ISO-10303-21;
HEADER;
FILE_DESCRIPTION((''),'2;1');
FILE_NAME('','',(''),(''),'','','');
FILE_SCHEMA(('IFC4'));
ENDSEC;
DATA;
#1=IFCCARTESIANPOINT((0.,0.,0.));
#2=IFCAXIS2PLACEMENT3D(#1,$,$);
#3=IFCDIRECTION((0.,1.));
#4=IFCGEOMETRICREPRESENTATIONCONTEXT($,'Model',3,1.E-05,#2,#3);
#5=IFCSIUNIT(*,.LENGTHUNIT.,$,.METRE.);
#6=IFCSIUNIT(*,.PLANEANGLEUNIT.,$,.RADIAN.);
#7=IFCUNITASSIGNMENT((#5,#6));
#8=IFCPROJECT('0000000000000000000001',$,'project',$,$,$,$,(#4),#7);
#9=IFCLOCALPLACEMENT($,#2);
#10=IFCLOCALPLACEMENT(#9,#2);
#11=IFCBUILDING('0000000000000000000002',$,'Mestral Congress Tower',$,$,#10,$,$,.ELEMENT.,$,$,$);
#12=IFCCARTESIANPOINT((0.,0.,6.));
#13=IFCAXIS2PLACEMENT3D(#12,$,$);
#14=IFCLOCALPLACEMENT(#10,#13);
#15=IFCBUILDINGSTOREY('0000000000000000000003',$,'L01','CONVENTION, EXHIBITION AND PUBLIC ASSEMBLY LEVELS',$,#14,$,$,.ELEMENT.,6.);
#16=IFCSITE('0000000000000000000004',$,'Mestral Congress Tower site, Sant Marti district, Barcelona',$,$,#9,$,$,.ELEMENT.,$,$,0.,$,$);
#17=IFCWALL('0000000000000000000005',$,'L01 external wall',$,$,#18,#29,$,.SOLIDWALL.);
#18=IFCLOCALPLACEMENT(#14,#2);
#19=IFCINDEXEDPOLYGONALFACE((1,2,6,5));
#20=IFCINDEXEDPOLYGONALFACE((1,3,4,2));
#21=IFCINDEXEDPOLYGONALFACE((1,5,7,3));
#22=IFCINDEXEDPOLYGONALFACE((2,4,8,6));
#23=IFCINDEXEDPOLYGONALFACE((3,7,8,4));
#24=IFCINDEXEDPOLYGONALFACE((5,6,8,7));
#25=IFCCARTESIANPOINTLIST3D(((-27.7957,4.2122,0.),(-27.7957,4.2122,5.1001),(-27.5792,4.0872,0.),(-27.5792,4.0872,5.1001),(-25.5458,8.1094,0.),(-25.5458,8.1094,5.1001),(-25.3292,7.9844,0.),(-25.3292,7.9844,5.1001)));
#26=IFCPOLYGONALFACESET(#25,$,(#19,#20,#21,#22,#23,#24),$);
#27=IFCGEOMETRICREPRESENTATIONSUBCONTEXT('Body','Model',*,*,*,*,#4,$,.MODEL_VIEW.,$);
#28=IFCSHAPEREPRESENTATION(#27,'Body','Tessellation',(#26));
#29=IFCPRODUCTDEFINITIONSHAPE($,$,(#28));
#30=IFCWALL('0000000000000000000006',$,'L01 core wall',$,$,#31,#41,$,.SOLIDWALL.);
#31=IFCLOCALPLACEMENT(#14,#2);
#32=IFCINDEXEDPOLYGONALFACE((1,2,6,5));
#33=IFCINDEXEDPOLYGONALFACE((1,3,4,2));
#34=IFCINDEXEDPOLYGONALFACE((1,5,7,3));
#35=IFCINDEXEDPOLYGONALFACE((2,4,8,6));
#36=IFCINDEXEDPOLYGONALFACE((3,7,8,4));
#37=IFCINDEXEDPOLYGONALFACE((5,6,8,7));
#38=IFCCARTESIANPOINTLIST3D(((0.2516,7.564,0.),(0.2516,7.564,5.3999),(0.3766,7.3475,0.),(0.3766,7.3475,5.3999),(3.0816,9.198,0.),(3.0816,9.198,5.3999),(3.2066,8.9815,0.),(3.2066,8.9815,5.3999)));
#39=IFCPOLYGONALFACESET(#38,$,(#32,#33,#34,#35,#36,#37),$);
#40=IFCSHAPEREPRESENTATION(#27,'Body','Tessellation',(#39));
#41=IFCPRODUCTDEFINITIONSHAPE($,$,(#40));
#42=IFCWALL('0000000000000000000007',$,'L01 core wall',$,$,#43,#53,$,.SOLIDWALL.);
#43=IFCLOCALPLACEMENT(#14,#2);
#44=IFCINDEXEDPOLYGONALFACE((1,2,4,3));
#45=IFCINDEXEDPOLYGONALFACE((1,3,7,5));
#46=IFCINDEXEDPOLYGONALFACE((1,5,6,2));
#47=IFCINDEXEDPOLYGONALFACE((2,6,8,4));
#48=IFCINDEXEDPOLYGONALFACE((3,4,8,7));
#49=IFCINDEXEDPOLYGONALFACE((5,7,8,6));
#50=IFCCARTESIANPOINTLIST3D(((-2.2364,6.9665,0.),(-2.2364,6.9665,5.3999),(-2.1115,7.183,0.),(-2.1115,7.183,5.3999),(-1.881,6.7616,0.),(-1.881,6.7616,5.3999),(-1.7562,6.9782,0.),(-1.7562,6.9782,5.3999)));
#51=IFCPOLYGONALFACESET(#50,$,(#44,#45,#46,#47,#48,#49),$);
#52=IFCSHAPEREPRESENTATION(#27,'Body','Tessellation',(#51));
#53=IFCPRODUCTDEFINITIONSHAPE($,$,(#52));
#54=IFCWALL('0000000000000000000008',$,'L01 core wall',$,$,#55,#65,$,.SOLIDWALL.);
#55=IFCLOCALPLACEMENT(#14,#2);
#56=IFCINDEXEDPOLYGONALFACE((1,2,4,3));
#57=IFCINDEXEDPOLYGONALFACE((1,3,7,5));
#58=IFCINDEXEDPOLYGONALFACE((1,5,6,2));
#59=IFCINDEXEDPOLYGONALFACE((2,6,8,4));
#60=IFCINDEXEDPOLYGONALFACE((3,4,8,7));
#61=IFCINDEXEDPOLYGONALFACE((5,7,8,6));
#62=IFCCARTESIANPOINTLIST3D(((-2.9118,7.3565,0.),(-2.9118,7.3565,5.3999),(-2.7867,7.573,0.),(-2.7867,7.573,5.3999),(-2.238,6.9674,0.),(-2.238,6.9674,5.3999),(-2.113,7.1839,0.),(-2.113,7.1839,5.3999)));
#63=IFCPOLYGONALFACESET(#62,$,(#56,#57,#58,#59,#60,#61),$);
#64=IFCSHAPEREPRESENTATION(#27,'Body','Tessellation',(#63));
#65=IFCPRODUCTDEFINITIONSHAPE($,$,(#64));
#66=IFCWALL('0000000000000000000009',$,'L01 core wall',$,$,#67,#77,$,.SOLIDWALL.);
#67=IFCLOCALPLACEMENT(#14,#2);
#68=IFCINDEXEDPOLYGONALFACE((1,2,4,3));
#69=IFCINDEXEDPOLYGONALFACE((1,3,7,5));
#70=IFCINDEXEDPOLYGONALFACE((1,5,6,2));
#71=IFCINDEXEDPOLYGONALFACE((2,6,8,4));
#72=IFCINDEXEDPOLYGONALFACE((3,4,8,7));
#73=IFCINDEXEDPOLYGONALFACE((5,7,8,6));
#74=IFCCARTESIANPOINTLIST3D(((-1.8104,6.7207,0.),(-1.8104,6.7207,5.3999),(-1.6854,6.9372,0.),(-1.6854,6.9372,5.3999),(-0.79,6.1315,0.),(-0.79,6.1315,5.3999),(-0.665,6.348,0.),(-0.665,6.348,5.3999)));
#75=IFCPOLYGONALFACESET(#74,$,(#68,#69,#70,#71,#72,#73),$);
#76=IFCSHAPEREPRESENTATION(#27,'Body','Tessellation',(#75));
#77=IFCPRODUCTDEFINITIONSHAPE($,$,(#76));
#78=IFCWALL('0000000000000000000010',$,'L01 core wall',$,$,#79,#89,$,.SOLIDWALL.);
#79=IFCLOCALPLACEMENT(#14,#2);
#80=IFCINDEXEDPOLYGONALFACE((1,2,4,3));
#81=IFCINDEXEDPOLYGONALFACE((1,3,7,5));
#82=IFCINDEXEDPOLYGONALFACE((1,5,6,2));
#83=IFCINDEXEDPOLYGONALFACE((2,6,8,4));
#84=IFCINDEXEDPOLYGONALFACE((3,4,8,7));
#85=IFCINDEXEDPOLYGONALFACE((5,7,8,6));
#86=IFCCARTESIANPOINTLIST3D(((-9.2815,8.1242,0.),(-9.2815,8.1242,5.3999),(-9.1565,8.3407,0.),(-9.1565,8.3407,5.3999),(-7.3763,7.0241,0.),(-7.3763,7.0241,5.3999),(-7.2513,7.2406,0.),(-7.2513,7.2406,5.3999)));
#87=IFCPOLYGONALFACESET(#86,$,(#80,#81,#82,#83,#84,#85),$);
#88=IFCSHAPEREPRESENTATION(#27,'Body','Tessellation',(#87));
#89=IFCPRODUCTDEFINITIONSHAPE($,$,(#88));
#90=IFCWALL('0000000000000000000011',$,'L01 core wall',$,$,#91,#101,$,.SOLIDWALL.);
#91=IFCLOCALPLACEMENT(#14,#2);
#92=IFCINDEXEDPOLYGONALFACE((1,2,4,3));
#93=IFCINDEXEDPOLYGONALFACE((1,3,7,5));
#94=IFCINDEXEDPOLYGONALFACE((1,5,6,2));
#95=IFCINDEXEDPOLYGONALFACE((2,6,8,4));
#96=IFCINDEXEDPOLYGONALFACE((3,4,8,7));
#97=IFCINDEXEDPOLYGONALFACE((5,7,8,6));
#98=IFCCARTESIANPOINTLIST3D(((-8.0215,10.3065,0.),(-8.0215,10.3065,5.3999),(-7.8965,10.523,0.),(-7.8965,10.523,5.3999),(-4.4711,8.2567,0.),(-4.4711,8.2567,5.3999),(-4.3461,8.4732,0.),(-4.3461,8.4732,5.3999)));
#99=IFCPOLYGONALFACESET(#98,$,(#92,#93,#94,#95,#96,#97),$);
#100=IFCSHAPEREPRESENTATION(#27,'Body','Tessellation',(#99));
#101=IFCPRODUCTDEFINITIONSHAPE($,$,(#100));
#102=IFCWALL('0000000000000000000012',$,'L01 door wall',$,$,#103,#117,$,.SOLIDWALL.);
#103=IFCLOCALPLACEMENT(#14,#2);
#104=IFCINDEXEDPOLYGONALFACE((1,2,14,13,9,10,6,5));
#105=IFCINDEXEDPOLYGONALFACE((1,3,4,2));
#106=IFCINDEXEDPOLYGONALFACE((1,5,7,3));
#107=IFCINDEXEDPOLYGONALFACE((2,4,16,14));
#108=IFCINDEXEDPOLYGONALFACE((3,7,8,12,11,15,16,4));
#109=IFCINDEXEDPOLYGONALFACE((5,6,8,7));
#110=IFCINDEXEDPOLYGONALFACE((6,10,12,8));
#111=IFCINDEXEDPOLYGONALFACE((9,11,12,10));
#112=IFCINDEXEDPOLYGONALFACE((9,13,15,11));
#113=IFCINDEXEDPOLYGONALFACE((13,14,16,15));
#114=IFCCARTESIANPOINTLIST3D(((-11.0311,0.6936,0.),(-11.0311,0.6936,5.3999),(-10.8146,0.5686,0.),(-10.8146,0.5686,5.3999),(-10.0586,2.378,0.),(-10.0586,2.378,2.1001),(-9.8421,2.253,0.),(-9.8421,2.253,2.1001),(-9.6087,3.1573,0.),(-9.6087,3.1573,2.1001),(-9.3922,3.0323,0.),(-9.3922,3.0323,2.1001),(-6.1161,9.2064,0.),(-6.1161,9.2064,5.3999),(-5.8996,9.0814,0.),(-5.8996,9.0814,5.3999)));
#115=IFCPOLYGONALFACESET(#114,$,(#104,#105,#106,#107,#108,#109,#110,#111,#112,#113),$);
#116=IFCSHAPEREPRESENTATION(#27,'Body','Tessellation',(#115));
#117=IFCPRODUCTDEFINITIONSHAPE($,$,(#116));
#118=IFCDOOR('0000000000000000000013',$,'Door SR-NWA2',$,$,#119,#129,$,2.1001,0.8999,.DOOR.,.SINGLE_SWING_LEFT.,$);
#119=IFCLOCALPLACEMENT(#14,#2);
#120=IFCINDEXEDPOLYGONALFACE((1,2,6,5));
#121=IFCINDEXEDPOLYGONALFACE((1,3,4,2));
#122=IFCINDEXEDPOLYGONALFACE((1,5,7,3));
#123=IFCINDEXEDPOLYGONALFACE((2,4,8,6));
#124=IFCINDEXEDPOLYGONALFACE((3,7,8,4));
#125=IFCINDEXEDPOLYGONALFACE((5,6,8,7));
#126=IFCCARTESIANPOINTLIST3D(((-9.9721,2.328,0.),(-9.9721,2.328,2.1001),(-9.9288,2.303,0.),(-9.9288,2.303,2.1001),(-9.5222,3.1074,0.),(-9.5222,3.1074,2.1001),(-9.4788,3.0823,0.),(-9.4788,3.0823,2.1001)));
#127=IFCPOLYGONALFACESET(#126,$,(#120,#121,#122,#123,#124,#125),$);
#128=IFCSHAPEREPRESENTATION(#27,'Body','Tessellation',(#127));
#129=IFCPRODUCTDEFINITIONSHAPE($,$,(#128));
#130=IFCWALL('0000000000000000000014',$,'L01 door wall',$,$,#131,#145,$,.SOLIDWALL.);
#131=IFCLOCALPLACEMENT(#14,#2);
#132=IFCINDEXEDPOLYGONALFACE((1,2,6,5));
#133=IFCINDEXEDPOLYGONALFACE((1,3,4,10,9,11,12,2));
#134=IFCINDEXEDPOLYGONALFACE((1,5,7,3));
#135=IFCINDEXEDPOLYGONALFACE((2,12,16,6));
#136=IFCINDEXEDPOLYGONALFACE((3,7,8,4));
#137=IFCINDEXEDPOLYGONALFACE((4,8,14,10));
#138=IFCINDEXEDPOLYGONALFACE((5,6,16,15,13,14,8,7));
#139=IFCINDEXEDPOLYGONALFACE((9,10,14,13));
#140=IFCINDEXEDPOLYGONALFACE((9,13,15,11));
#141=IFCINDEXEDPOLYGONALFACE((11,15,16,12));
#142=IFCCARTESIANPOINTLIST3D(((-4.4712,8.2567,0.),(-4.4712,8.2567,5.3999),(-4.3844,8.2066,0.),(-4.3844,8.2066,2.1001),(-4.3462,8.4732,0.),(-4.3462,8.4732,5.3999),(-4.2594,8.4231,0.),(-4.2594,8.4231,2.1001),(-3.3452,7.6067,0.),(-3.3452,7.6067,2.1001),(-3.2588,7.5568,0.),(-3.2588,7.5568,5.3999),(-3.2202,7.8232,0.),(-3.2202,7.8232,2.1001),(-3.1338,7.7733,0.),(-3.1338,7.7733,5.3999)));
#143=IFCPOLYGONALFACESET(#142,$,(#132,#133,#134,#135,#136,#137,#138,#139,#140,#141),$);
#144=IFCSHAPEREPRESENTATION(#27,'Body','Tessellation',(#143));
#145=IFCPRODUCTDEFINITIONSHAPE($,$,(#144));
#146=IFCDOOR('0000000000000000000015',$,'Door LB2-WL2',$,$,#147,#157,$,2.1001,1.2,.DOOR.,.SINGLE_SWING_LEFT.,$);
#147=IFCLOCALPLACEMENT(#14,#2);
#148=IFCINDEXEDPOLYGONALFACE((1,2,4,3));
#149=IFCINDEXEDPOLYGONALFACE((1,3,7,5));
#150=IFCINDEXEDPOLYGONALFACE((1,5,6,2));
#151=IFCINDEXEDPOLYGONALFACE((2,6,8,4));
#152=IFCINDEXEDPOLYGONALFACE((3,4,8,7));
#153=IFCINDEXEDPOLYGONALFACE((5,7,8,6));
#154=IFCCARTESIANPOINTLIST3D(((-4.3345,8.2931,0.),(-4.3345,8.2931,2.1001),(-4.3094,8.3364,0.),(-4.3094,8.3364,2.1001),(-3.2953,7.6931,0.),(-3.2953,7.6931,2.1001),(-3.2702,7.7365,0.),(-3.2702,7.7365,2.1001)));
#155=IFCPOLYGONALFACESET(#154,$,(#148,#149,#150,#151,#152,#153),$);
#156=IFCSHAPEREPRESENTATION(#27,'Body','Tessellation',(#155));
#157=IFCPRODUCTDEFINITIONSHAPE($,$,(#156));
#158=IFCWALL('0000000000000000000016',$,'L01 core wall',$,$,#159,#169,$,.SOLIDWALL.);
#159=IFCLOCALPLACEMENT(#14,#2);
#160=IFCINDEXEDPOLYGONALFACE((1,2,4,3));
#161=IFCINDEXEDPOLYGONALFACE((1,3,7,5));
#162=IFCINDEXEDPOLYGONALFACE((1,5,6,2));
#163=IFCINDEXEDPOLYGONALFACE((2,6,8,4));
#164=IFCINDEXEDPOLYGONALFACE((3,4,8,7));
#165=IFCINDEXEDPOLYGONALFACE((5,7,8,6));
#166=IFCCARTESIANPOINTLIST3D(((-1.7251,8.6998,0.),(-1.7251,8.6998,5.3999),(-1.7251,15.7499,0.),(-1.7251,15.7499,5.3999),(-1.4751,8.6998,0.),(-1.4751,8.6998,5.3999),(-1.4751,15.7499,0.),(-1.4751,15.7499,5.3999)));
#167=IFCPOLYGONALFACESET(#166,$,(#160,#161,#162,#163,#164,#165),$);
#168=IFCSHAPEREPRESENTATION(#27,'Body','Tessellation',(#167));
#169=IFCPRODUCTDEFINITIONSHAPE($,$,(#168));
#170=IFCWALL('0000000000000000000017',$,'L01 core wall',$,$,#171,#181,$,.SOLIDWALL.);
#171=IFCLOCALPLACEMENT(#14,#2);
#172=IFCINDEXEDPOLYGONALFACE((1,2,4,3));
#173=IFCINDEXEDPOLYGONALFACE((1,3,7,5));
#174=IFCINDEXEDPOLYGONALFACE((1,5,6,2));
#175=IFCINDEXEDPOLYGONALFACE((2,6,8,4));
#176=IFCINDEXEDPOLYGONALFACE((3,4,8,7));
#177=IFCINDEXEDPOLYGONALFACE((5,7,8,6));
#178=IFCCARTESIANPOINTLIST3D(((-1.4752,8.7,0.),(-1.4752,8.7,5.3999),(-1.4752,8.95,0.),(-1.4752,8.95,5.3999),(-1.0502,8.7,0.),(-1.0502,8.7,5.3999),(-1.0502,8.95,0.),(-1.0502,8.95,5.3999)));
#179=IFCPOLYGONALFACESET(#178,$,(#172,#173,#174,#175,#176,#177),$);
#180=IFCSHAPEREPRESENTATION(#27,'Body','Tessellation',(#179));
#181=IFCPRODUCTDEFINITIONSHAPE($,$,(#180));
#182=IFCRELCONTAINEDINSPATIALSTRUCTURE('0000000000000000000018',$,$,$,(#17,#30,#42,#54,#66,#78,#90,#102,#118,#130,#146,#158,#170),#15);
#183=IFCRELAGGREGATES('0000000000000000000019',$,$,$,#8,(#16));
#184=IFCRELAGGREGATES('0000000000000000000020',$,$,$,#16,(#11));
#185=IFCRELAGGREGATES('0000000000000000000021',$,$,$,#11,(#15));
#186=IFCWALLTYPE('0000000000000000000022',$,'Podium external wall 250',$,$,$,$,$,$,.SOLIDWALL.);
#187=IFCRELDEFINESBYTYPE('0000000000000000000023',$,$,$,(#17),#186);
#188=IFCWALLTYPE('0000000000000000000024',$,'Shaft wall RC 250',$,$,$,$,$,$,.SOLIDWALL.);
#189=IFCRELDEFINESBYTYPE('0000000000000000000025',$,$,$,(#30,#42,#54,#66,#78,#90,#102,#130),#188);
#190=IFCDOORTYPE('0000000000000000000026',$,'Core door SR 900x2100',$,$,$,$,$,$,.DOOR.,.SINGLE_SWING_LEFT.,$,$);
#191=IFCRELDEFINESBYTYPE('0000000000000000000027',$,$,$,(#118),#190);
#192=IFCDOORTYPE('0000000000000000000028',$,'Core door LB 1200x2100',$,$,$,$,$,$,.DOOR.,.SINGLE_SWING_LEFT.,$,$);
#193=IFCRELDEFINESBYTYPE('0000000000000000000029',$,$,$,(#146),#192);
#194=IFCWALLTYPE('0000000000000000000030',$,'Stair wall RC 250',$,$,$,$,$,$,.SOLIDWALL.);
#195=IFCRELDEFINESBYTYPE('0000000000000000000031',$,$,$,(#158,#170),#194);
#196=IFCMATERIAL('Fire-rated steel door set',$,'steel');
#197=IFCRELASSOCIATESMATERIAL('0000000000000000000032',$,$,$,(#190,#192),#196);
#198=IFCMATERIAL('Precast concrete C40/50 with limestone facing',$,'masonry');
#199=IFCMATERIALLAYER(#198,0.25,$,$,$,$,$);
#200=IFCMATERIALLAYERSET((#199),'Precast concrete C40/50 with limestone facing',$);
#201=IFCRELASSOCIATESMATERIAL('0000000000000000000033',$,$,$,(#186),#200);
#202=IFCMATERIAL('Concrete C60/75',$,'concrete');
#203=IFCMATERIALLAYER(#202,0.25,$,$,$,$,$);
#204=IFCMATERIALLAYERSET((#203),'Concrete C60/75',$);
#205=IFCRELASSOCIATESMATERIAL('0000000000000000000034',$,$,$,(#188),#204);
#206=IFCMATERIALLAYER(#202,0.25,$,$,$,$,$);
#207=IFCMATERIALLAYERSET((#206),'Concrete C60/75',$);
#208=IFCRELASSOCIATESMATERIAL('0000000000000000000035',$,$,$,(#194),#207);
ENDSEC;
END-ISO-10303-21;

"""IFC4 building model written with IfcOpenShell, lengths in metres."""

from ifc_helpers import new_model, si_unit, direction, frame, frame_2d, origin, place, context, subcontext, project, spatial, rectangle, extrude, material, layer, layer_set, type_object, element, fill, save


model = new_model("IFC4")

# Units and contexts
model_context = context("Model", 3, precision=1e-05, world=origin(), true_north=direction((0.0, 1.0)))
body_context = subcontext(model_context, "Body", "Model", "MODEL_VIEW")
ifc_project = project(units=[si_unit("LENGTHUNIT", "METRE"), si_unit("PLANEANGLEUNIT", "RADIAN")], contexts=[model_context])

# Site, building, storey
site_placement = place(None, origin())
site = spatial("IfcSite", under=ifc_project, at=site_placement, Name="Mestral Congress Tower site, Sant Marti district, Barcelona", CompositionType="ELEMENT", RefElevation=0.0)
building_placement = place(site_placement, origin())
building = spatial("IfcBuilding", under=site, at=building_placement, Name="Mestral Congress Tower", CompositionType="ELEMENT")
storey_placement = place(building_placement, frame((0.0, 0.0, 6.0)))
storey = spatial("IfcBuildingStorey", under=building, at=storey_placement, Name="L01", Description="CONVENTION, EXHIBITION AND PUBLIC ASSEMBLY LEVELS", CompositionType="ELEMENT", Elevation=6.0)

# Shared definitions
ifc_material_1 = material(Name="Fire-rated steel door set", Category="steel")
door_type_1 = type_object("IfcDoorType", Name="Core door SR 900x2100", OperationType="SINGLE_SWING_LEFT", PredefinedType="DOOR", material=ifc_material_1)

# Shared definitions
ifc_material_2 = material(Name="Precast concrete C40/50 with limestone facing", Category="masonry")
ifc_layer_1 = layer(ifc_material_2, 0.25)
ifc_layer_set_1 = layer_set([ifc_layer_1], Name="Precast concrete C40/50 with limestone facing")
wall_type_1 = type_object("IfcWallType", Name="Podium external wall 250", PredefinedType="SOLIDWALL", material=ifc_layer_set_1)

# Walls
wall_1_placement = place(storey_placement, frame((-25.4375, 8.0469, 0.0), z_axis=(0.0, 0.0, 1.0), x_axis=(-0.49999, -0.866031, 0.0)))
element("IfcWall", 1, at=wall_1_placement, inside=storey, type_object=wall_type_1, Name="L01 external wall", PredefinedType="SOLIDWALL", context=body_context, shape_type="SweptSolid", body=[
    extrude(rectangle(XDim=4.5, YDim=0.25, at=frame_2d((2.25, 0.0))), origin(), (0.0, 0.0, 1.0), 5.1001),
])
ifc_material_3 = material(Name="Concrete C60/75", Category="concrete")
ifc_layer_2 = layer(ifc_material_3, 0.25)
ifc_layer_set_2 = layer_set([ifc_layer_2], Name="Concrete C60/75")
wall_type_2 = type_object("IfcWallType", Name="Shaft wall RC 250", PredefinedType="SOLIDWALL", material=ifc_layer_set_2)
wall_2_placement = place(storey_placement, frame((0.3142, 7.4558, 0.0), z_axis=(0.0, 0.0, 1.0), x_axis=(0.866014, 0.50002, 0.0)))
element("IfcWall", 2, at=wall_2_placement, inside=storey, type_object=wall_type_2, Name="L01 core wall", PredefinedType="SOLIDWALL", context=body_context, shape_type="SweptSolid", body=[
    extrude(rectangle(XDim=3.2678, YDim=0.25, at=frame_2d((1.6338, 0.0))), origin(), (0.0, 0.0, 1.0), 5.3999),
])
wall_3_placement = place(storey_placement, frame((-1.8186, 6.8699, 0.0), z_axis=(0.0, 0.0, 1.0), x_axis=(-0.866295, 0.499533, 0.0)))
element("IfcWall", 3, at=wall_3_placement, inside=storey, type_object=wall_type_2, Name="L01 core wall", PredefinedType="SOLIDWALL", context=body_context, shape_type="SweptSolid", body=[
    extrude(rectangle(XDim=0.4102, YDim=0.25, at=frame_2d((0.2051, 0.0))), origin(), (0.0, 0.0, 1.0), 5.3999),
])
wall_4_placement = place(storey_placement, frame((-2.8494, 7.4648, 0.0), z_axis=(0.0, 0.0, 1.0), x_axis=(0.865956, -0.500121, 0.0)))
element("IfcWall", 4, at=wall_4_placement, inside=storey, type_object=wall_type_2, Name="L01 core wall", PredefinedType="SOLIDWALL", context=body_context, shape_type="SweptSolid", body=[
    extrude(rectangle(XDim=0.7781, YDim=0.25, at=frame_2d((0.3892, 0.0))), origin(), (0.0, 0.0, 1.0), 5.3999),
])
wall_5_placement = place(storey_placement, frame((-0.7275, 6.2397, 0.0), z_axis=(0.0, 0.0, 1.0), x_axis=(-0.866003, 0.500039, 0.0)))
element("IfcWall", 5, at=wall_5_placement, inside=storey, type_object=wall_type_2, Name="L01 core wall", PredefinedType="SOLIDWALL", context=body_context, shape_type="SweptSolid", body=[
    extrude(rectangle(XDim=1.1782, YDim=0.25, at=frame_2d((0.5891, 0.0))), origin(), (0.0, 0.0, 1.0), 5.3999),
])
wall_6_placement = place(storey_placement, frame((-7.3137, 7.1323, 0.0), z_axis=(0.0, 0.0, 1.0), x_axis=(-0.866008, 0.50003, 0.0)))
element("IfcWall", 6, at=wall_6_placement, inside=storey, type_object=wall_type_2, Name="L01 core wall", PredefinedType="SOLIDWALL", context=body_context, shape_type="SweptSolid", body=[
    extrude(rectangle(XDim=2.2, YDim=0.25, at=frame_2d((1.1001, 0.0))), origin(), (0.0, 0.0, 1.0), 5.3999),
])
wall_7_placement = place(storey_placement, frame((-7.959, 10.4148, 0.0), z_axis=(0.0, 0.0, 1.0), x_axis=(0.866021, -0.500008, 0.0)))
element("IfcWall", 7, at=wall_7_placement, inside=storey, type_object=wall_type_2, Name="L01 core wall", PredefinedType="SOLIDWALL", context=body_context, shape_type="SweptSolid", body=[
    extrude(rectangle(XDim=4.0996, YDim=0.25, at=frame_2d((2.0498, 0.0))), origin(), (0.0, 0.0, 1.0), 5.3999),
])

# Walls, openings, doors
wall_8_placement = place(storey_placement, frame((-6.0078, 9.144, 0.0), z_axis=(0.0, 0.0, 1.0), x_axis=(-0.500007, -0.866021, 0.0)))
wall_8 = element("IfcWall", 8, at=wall_8_placement, inside=storey, type_object=wall_type_2, Name="L01 door wall", PredefinedType="SOLIDWALL", context=body_context, shape_type="SweptSolid", body=[
    extrude(rectangle(XDim=9.8298, YDim=0.25, at=frame_2d((4.915, 0.0))), origin(), (0.0, 0.0, 1.0), 5.3999),
])
opening_1_placement = place(wall_8_placement, frame((6.9851, 0.0, 0.0)))
opening_1 = element("IfcOpeningElement", 9, at=opening_1_placement, cuts=wall_8, PredefinedType="OPENING", context=body_context, shape_type="SweptSolid", body=[
    extrude(rectangle(XDim=0.8999, YDim=2.1001, at=frame_2d((0.45, 1.05))), frame((0.0, 0.135, 0.0), z_axis=(0.0, -1.0, 0.0), x_axis=(1.0, 0.0, 0.0)), (0.0, 0.0, 1.0), 0.27),
])
door_1_placement = place(opening_1_placement, origin())
door_1 = element("IfcDoor", 10, at=door_1_placement, inside=storey, type_object=door_type_1, Name="Door SR-NWA2", OperationType="SINGLE_SWING_LEFT", OverallHeight=2.1001, OverallWidth=0.8999, PredefinedType="DOOR", context=body_context, shape_type="SweptSolid", body=[
    extrude(rectangle(XDim=0.8999, YDim=2.1001, at=frame_2d((0.45, 1.05))), frame((0.0, 0.0249, 0.0), z_axis=(0.0, -1.0, 0.0), x_axis=(1.0, 0.0, 0.0)), (0.0, 0.0, 1.0), 0.05),
])
fill(opening_1, door_1)
wall_9_placement = place(storey_placement, frame((-4.4087, 8.365, 0.0), z_axis=(0.0, 0.0, 1.0), x_axis=(0.866035, -0.499984, 0.0)))
wall_9 = element("IfcWall", 11, at=wall_9_placement, inside=storey, type_object=wall_type_2, Name="L01 door wall", PredefinedType="SOLIDWALL", context=body_context, shape_type="SweptSolid", body=[
    extrude(rectangle(XDim=1.3999, YDim=0.25, at=frame_2d((0.7, 0.0))), origin(), (0.0, 0.0, 1.0), 5.3999),
])
opening_2_placement = place(wall_9_placement, frame((0.1001, 0.0, 0.0)))
opening_2 = element("IfcOpeningElement", 12, at=opening_2_placement, cuts=wall_9, PredefinedType="OPENING", context=body_context, shape_type="SweptSolid", body=[
    extrude(rectangle(XDim=1.2, YDim=2.1001, at=frame_2d((0.6001, 1.05))), frame((0.0, 0.135, 0.0), z_axis=(0.0, -1.0, 0.0), x_axis=(1.0, 0.0, 0.0)), (0.0, 0.0, 1.0), 0.27),
])
door_type_2 = type_object("IfcDoorType", Name="Core door LB 1200x2100", OperationType="SINGLE_SWING_LEFT", PredefinedType="DOOR", material=ifc_material_1)
door_2_placement = place(opening_2_placement, origin())
door_2 = element("IfcDoor", 13, at=door_2_placement, inside=storey, type_object=door_type_2, Name="Door LB2-WL2", OperationType="SINGLE_SWING_LEFT", OverallHeight=2.1001, OverallWidth=1.2, PredefinedType="DOOR", context=body_context, shape_type="SweptSolid", body=[
    extrude(rectangle(XDim=1.2, YDim=2.1001, at=frame_2d((0.6001, 1.05))), frame((0.0, 0.0249, 0.0), z_axis=(0.0, -1.0, 0.0), x_axis=(1.0, 0.0, 0.0)), (0.0, 0.0, 1.0), 0.05),
])
fill(opening_2, door_2)

# Walls
ifc_layer_3 = layer(ifc_material_3, 0.25)
ifc_layer_set_3 = layer_set([ifc_layer_3], Name="Concrete C60/75")
wall_type_3 = type_object("IfcWallType", Name="Stair wall RC 250", PredefinedType="SOLIDWALL", material=ifc_layer_set_3)
wall_10_placement = place(storey_placement, frame((-1.6001, 8.7, 0.0), z_axis=(0.0, 0.0, 1.0), x_axis=(0.0, 1.0, 0.0)))
element("IfcWall", 14, at=wall_10_placement, inside=storey, type_object=wall_type_3, Name="L01 core wall", PredefinedType="SOLIDWALL", context=body_context, shape_type="SweptSolid", body=[
    extrude(rectangle(XDim=7.05, YDim=0.25, at=frame_2d((3.5249, 0.0))), origin(), (0.0, 0.0, 1.0), 5.3999),
])
wall_11_placement = place(storey_placement, frame((-1.4751, 8.825, 0.0), z_axis=(0.0, 0.0, 1.0), x_axis=(1.0, 0.0, 0.0)))
element("IfcWall", 15, at=wall_11_placement, inside=storey, type_object=wall_type_3, Name="L01 core wall", PredefinedType="SOLIDWALL", context=body_context, shape_type="SweptSolid", body=[
    extrude(rectangle(XDim=0.425, YDim=0.25, at=frame_2d((0.2124, 0.0))), origin(), (0.0, 0.0, 1.0), 5.3999),
])

save(model, "model.ifc")
